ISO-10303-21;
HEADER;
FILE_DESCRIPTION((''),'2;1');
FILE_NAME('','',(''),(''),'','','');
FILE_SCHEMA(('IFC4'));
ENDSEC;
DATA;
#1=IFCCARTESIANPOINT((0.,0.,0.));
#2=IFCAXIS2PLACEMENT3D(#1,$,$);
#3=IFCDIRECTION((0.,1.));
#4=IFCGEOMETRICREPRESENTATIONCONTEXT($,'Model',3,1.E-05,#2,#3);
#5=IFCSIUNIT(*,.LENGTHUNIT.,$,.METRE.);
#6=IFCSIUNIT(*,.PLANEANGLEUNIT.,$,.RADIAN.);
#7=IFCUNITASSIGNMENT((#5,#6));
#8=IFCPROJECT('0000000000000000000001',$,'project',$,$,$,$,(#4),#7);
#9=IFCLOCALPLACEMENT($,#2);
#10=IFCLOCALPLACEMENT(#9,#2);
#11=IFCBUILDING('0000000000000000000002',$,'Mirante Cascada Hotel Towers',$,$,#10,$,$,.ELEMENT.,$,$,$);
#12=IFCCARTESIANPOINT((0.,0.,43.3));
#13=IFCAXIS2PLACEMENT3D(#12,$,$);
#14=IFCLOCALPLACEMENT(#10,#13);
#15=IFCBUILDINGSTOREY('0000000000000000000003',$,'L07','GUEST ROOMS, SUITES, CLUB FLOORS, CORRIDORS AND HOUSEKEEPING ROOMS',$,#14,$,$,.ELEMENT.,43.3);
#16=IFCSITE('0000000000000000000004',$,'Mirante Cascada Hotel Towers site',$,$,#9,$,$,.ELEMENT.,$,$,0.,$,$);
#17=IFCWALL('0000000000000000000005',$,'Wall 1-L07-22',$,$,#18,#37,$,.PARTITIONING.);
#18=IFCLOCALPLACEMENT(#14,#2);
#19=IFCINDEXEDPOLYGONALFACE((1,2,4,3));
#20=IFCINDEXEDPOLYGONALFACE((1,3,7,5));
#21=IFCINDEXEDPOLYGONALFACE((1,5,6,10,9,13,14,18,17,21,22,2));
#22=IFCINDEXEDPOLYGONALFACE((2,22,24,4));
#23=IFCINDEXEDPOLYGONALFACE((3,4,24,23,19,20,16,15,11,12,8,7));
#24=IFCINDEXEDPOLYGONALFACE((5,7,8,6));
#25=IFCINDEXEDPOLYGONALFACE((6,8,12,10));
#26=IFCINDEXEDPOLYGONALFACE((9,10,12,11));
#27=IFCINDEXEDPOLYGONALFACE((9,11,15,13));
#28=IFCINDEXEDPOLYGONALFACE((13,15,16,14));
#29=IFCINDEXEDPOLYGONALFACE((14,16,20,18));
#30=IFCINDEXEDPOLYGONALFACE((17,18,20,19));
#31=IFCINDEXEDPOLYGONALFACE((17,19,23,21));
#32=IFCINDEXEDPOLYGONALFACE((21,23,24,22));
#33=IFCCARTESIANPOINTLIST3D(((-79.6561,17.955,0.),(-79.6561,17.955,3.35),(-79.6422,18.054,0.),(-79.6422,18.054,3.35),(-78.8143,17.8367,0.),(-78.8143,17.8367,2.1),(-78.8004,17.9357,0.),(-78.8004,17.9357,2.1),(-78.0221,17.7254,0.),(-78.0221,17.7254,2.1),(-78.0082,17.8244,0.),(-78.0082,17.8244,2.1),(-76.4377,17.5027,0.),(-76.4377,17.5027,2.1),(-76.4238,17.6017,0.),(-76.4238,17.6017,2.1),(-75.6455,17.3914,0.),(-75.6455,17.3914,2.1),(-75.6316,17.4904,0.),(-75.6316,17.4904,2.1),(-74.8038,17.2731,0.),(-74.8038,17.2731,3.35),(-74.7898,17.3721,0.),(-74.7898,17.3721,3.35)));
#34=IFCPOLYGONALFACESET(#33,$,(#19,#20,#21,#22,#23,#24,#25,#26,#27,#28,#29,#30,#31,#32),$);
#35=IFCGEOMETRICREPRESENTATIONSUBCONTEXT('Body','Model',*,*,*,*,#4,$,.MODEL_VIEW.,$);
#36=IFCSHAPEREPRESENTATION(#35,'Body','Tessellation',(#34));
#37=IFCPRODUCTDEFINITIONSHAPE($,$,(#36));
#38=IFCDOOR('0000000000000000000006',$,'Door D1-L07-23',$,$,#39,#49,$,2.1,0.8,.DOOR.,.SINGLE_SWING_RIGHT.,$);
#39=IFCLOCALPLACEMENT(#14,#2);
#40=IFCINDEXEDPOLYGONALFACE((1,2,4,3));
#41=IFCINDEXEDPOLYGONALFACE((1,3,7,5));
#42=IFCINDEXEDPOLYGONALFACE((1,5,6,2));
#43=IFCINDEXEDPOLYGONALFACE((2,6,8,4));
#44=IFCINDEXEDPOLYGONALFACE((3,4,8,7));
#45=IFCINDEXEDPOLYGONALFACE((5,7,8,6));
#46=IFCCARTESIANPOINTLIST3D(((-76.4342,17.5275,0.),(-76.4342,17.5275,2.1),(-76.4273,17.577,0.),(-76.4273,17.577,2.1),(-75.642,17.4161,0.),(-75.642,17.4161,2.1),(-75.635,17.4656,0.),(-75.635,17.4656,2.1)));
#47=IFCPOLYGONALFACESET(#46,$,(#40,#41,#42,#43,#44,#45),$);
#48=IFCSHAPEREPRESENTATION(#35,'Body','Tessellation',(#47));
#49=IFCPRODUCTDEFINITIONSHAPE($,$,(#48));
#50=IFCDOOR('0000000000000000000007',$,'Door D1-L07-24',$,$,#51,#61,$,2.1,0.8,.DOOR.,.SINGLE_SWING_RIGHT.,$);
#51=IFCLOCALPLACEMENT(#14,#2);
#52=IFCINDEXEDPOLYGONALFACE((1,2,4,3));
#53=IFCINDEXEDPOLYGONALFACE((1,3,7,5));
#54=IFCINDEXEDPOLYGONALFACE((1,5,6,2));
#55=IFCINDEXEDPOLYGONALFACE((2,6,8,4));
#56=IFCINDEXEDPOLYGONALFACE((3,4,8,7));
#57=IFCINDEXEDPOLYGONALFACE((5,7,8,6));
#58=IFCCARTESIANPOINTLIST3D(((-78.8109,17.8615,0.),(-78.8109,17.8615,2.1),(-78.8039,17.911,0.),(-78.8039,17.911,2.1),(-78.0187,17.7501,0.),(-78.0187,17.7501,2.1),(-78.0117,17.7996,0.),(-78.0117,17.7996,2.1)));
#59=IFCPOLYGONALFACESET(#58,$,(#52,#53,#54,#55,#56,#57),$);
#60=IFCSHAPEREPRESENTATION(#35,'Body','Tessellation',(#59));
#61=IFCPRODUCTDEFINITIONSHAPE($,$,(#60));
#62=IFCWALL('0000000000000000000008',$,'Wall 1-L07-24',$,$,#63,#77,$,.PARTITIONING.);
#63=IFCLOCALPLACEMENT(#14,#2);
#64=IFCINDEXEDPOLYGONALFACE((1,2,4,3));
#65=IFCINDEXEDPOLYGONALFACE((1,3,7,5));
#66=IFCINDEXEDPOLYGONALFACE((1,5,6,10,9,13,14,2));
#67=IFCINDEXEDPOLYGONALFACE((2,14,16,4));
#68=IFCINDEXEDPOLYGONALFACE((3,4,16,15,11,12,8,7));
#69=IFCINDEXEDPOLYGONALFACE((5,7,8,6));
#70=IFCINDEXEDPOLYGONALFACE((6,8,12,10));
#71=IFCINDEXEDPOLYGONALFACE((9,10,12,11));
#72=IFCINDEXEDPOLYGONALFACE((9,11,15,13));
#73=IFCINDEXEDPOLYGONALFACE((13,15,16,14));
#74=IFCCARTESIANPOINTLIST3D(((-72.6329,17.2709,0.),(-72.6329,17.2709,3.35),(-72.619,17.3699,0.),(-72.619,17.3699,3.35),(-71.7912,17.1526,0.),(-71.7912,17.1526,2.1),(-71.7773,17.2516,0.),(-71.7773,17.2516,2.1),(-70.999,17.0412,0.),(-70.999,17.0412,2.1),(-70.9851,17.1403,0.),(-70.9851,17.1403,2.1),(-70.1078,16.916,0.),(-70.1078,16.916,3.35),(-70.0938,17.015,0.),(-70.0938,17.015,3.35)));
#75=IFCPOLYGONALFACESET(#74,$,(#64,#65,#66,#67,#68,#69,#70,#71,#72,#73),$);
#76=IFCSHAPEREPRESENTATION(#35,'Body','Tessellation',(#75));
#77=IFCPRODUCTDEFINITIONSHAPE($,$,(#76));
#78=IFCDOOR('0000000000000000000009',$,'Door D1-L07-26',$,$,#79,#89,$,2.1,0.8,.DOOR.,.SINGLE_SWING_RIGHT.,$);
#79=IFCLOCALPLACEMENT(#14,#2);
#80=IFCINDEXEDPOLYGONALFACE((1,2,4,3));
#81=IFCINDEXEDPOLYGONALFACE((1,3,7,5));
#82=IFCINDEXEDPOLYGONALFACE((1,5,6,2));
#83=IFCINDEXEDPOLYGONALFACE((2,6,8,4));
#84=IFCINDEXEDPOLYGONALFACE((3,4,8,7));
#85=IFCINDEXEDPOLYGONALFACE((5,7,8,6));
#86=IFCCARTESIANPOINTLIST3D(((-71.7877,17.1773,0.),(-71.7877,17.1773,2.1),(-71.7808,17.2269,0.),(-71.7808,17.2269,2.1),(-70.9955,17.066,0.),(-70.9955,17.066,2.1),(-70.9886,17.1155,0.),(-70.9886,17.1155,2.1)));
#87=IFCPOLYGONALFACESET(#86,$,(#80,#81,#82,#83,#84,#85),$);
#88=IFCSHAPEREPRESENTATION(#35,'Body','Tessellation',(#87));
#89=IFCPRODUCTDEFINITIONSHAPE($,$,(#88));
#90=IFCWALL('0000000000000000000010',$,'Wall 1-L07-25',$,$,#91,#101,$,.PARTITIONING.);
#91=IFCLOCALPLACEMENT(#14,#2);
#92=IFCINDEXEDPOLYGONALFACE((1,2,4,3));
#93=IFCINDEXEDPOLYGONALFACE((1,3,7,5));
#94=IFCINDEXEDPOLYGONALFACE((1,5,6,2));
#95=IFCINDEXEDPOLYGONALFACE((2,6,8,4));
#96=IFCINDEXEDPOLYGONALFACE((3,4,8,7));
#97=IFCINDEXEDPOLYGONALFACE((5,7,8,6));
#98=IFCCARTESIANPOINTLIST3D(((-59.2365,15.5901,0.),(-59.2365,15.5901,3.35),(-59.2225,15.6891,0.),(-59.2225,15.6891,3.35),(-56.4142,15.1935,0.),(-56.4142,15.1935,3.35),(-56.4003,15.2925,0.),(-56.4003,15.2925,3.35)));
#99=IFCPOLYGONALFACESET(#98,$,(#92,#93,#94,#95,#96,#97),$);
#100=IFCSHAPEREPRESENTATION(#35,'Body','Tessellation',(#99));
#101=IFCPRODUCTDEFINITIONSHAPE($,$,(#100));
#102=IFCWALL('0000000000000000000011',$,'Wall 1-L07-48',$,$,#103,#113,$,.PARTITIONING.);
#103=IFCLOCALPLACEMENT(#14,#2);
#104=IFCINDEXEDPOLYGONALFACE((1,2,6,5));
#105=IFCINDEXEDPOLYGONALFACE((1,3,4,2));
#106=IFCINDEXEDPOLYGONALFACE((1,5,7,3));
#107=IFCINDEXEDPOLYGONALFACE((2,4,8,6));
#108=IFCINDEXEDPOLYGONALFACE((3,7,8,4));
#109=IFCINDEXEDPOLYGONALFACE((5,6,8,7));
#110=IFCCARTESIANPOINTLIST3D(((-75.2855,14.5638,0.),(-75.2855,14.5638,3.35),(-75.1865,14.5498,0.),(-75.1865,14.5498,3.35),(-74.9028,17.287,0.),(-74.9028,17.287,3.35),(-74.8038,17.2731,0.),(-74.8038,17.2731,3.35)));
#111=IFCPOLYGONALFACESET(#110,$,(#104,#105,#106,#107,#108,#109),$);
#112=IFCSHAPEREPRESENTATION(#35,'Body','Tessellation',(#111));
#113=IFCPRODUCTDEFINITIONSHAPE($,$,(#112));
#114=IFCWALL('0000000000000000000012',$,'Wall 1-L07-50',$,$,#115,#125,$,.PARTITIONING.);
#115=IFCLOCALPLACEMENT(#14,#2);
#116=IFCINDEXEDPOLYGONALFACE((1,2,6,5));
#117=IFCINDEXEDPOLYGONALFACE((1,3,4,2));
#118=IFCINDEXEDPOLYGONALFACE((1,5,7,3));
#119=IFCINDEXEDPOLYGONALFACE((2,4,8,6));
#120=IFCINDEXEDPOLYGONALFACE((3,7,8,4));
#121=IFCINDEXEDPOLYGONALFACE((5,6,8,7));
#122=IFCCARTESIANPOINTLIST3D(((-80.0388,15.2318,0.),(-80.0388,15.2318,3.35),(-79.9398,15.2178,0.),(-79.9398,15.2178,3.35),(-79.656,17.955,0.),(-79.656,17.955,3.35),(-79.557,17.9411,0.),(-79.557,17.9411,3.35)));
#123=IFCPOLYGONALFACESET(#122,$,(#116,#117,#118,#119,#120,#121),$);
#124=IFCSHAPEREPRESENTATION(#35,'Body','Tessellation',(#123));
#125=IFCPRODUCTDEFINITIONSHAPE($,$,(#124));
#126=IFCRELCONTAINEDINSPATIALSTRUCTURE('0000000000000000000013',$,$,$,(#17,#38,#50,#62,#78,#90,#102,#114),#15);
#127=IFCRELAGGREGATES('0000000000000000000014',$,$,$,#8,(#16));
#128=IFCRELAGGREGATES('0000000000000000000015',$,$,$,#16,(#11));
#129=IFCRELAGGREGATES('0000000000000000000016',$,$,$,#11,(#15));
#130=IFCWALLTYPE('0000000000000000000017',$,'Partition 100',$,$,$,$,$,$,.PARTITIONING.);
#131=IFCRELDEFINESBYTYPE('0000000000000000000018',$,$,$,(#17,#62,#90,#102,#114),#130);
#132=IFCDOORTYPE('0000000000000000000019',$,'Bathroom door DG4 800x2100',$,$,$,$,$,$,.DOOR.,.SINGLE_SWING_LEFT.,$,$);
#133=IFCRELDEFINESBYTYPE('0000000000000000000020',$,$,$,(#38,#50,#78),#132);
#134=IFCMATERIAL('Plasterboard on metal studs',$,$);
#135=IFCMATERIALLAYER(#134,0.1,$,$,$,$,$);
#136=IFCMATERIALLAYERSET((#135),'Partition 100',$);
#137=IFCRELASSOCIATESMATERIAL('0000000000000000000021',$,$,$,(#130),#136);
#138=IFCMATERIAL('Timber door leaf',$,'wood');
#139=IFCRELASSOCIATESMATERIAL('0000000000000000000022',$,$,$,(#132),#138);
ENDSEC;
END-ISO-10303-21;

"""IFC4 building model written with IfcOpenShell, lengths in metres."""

from ifc_helpers import new_model, si_unit, direction, frame, frame_2d, origin, place, context, subcontext, project, spatial, rectangle, extrude, material, layer, layer_set, type_object, element, fill, save


model = new_model("IFC4")

# Units and contexts
model_context = context("Model", 3, precision=1e-05, world=origin(), true_north=direction((0.0, 1.0)))
body_context = subcontext(model_context, "Body", "Model", "MODEL_VIEW")
ifc_project = project(units=[si_unit("LENGTHUNIT", "METRE"), si_unit("PLANEANGLEUNIT", "RADIAN")], contexts=[model_context])

# Site, building, storey
site_placement = place(None, origin())
site = spatial("IfcSite", under=ifc_project, at=site_placement, Name="Mirante Cascada Hotel Towers site", CompositionType="ELEMENT", RefElevation=0.0)
building_placement = place(site_placement, origin())
building = spatial("IfcBuilding", under=site, at=building_placement, Name="Mirante Cascada Hotel Towers", CompositionType="ELEMENT")
storey_placement = place(building_placement, frame((0.0, 0.0, 43.3)))
storey = spatial("IfcBuildingStorey", under=building, at=storey_placement, Name="L07", Description="GUEST ROOMS, SUITES, CLUB FLOORS, CORRIDORS AND HOUSEKEEPING ROOMS", CompositionType="ELEMENT", Elevation=43.3)

# Shared definitions
ifc_material_1 = material(Name="Plasterboard on metal studs")
ifc_layer_1 = layer(ifc_material_1, 0.1)
ifc_layer_set_1 = layer_set([ifc_layer_1], Name="Partition 100")
wall_type_1 = type_object("IfcWallType", Name="Partition 100", PredefinedType="PARTITIONING", material=ifc_layer_set_1)
ifc_material_2 = material(Name="Timber door leaf", Category="wood")
door_type = type_object("IfcDoorType", Name="Bathroom door DG4 800x2100", OperationType="SINGLE_SWING_LEFT", PredefinedType="DOOR", material=ifc_material_2)

# Wall, openings, doors
wall_1_placement = place(storey_placement, frame((-74.7968, 17.3226, 0.0), z_axis=(0.0, 0.0, 1.0), x_axis=(-0.990269, 0.139164, 0.0)))
wall_1 = element("IfcWall", 1, at=wall_1_placement, inside=storey, type_object=wall_type_1, Name="Wall 1-L07-22", PredefinedType="PARTITIONING", context=body_context, shape_type="SweptSolid", body=[
    extrude(rectangle(XDim=4.9, YDim=0.1, at=frame_2d((2.45, 0.0))), origin(), (0.0, 0.0, 1.0), 3.35),
])
opening_1_placement = place(wall_1_placement, frame((0.85, 0.0, 0.0)))
opening_1 = element("IfcOpeningElement", 2, at=opening_1_placement, cuts=wall_1, PredefinedType="OPENING", context=body_context, shape_type="SweptSolid", body=[
    extrude(rectangle(XDim=0.8, YDim=2.1, at=frame_2d((0.4, 1.05))), frame((0.0, 0.05, 0.0), z_axis=(0.0, -1.0, 0.0), x_axis=(1.0, 0.0, 0.0)), (0.0, 0.0, 1.0), 0.1),
])
opening_2_placement = place(wall_1_placement, frame((3.25, 0.0, 0.0)))
opening_2 = element("IfcOpeningElement", 3, at=opening_2_placement, cuts=wall_1, PredefinedType="OPENING", context=body_context, shape_type="SweptSolid", body=[
    extrude(rectangle(XDim=0.8, YDim=2.1, at=frame_2d((0.4, 1.05))), frame((0.0, 0.05, 0.0), z_axis=(0.0, -1.0, 0.0), x_axis=(1.0, 0.0, 0.0)), (0.0, 0.0, 1.0), 0.1),
])
door_1_placement = place(opening_1_placement, frame((0.8, 0.0, 0.0), z_axis=(0.0, 0.0, 1.0), x_axis=(-1.0, 0.0, 0.0)))
door_1 = element("IfcDoor", 4, at=door_1_placement, inside=storey, type_object=door_type, Name="Door D1-L07-23", OperationType="SINGLE_SWING_RIGHT", OverallHeight=2.1, OverallWidth=0.8, PredefinedType="DOOR", context=body_context, shape_type="SweptSolid", body=[
    extrude(rectangle(XDim=0.8, YDim=2.1, at=frame_2d((0.4, 1.05))), frame((0.0, 0.025, 0.0), z_axis=(0.0, -1.0, 0.0), x_axis=(1.0, 0.0, 0.0)), (0.0, 0.0, 1.0), 0.05),
])
fill(opening_1, door_1)
door_2_placement = place(opening_2_placement, frame((0.8, 0.0, 0.0), z_axis=(0.0, 0.0, 1.0), x_axis=(-1.0, 0.0, 0.0)))
door_2 = element("IfcDoor", 5, at=door_2_placement, inside=storey, type_object=door_type, Name="Door D1-L07-24", OperationType="SINGLE_SWING_RIGHT", OverallHeight=2.1, OverallWidth=0.8, PredefinedType="DOOR", context=body_context, shape_type="SweptSolid", body=[
    extrude(rectangle(XDim=0.8, YDim=2.1, at=frame_2d((0.4, 1.05))), frame((0.0, 0.025, 0.0), z_axis=(0.0, -1.0, 0.0), x_axis=(1.0, 0.0, 0.0)), (0.0, 0.0, 1.0), 0.05),
])
fill(opening_2, door_2)

# Wall, opening, door
wall_2_placement = place(storey_placement, frame((-70.1008, 16.9655, 0.0), z_axis=(0.0, 0.0, 1.0), x_axis=(-0.990268, 0.139176, 0.0)))
wall_2 = element("IfcWall", 6, at=wall_2_placement, inside=storey, type_object=wall_type_1, Name="Wall 1-L07-24", PredefinedType="PARTITIONING", context=body_context, shape_type="SweptSolid", body=[
    extrude(rectangle(XDim=2.55, YDim=0.1, at=frame_2d((1.275, 0.0))), origin(), (0.0, 0.0, 1.0), 3.35),
])
opening_3_placement = place(wall_2_placement, frame((0.9, 0.0, 0.0)))
opening_3 = element("IfcOpeningElement", 7, at=opening_3_placement, cuts=wall_2, PredefinedType="OPENING", context=body_context, shape_type="SweptSolid", body=[
    extrude(rectangle(XDim=0.8, YDim=2.1, at=frame_2d((0.4, 1.05))), frame((0.0, 0.05, 0.0), z_axis=(0.0, -1.0, 0.0), x_axis=(1.0, 0.0, 0.0)), (0.0, 0.0, 1.0), 0.1),
])
door_3_placement = place(opening_3_placement, frame((0.8, 0.0, 0.0), z_axis=(0.0, 0.0, 1.0), x_axis=(-1.0, 0.0, 0.0)))
door_3 = element("IfcDoor", 8, at=door_3_placement, inside=storey, type_object=door_type, Name="Door D1-L07-26", OperationType="SINGLE_SWING_RIGHT", OverallHeight=2.1, OverallWidth=0.8, PredefinedType="DOOR", context=body_context, shape_type="SweptSolid", body=[
    extrude(rectangle(XDim=0.8, YDim=2.1, at=frame_2d((0.4, 1.05))), frame((0.0, 0.025, 0.0), z_axis=(0.0, -1.0, 0.0), x_axis=(1.0, 0.0, 0.0)), (0.0, 0.0, 1.0), 0.05),
])
fill(opening_3, door_3)

# Walls
wall_3_placement = place(storey_placement, frame((-59.2295, 15.6396, 0.0), z_axis=(0.0, 0.0, 1.0), x_axis=(0.99027, -0.139156, 0.0)))
element("IfcWall", 9, at=wall_3_placement, inside=storey, type_object=wall_type_1, Name="Wall 1-L07-25", PredefinedType="PARTITIONING", context=body_context, shape_type="SweptSolid", body=[
    extrude(rectangle(XDim=2.85, YDim=0.1, at=frame_2d((1.425, 0.0))), origin(), (0.0, 0.0, 1.0), 3.35),
])
for number, where, z_axis, x_axis, name in (
    (10, (-75.236, 14.5568, 0.0), (0.0, 0.0, 1.0), (0.139166, 0.990269, 0.0), "Wall 1-L07-48"),
    (11, (-79.9893, 15.2248, 0.0), (0.0, 0.0, 1.0), (0.139201, 0.990264, 0.0), "Wall 1-L07-50"),
):
    element("IfcWall", number, at=place(storey_placement, frame(where, z_axis=z_axis, x_axis=x_axis)), inside=storey, type_object=wall_type_1, Name=name, PredefinedType="PARTITIONING", context=body_context, shape_type="SweptSolid", body=[
        extrude(rectangle(XDim=2.75, YDim=0.1, at=frame_2d((1.375, 0.0))), origin(), (0.0, 0.0, 1.0), 3.35),
    ])

save(model, "model.ifc")
